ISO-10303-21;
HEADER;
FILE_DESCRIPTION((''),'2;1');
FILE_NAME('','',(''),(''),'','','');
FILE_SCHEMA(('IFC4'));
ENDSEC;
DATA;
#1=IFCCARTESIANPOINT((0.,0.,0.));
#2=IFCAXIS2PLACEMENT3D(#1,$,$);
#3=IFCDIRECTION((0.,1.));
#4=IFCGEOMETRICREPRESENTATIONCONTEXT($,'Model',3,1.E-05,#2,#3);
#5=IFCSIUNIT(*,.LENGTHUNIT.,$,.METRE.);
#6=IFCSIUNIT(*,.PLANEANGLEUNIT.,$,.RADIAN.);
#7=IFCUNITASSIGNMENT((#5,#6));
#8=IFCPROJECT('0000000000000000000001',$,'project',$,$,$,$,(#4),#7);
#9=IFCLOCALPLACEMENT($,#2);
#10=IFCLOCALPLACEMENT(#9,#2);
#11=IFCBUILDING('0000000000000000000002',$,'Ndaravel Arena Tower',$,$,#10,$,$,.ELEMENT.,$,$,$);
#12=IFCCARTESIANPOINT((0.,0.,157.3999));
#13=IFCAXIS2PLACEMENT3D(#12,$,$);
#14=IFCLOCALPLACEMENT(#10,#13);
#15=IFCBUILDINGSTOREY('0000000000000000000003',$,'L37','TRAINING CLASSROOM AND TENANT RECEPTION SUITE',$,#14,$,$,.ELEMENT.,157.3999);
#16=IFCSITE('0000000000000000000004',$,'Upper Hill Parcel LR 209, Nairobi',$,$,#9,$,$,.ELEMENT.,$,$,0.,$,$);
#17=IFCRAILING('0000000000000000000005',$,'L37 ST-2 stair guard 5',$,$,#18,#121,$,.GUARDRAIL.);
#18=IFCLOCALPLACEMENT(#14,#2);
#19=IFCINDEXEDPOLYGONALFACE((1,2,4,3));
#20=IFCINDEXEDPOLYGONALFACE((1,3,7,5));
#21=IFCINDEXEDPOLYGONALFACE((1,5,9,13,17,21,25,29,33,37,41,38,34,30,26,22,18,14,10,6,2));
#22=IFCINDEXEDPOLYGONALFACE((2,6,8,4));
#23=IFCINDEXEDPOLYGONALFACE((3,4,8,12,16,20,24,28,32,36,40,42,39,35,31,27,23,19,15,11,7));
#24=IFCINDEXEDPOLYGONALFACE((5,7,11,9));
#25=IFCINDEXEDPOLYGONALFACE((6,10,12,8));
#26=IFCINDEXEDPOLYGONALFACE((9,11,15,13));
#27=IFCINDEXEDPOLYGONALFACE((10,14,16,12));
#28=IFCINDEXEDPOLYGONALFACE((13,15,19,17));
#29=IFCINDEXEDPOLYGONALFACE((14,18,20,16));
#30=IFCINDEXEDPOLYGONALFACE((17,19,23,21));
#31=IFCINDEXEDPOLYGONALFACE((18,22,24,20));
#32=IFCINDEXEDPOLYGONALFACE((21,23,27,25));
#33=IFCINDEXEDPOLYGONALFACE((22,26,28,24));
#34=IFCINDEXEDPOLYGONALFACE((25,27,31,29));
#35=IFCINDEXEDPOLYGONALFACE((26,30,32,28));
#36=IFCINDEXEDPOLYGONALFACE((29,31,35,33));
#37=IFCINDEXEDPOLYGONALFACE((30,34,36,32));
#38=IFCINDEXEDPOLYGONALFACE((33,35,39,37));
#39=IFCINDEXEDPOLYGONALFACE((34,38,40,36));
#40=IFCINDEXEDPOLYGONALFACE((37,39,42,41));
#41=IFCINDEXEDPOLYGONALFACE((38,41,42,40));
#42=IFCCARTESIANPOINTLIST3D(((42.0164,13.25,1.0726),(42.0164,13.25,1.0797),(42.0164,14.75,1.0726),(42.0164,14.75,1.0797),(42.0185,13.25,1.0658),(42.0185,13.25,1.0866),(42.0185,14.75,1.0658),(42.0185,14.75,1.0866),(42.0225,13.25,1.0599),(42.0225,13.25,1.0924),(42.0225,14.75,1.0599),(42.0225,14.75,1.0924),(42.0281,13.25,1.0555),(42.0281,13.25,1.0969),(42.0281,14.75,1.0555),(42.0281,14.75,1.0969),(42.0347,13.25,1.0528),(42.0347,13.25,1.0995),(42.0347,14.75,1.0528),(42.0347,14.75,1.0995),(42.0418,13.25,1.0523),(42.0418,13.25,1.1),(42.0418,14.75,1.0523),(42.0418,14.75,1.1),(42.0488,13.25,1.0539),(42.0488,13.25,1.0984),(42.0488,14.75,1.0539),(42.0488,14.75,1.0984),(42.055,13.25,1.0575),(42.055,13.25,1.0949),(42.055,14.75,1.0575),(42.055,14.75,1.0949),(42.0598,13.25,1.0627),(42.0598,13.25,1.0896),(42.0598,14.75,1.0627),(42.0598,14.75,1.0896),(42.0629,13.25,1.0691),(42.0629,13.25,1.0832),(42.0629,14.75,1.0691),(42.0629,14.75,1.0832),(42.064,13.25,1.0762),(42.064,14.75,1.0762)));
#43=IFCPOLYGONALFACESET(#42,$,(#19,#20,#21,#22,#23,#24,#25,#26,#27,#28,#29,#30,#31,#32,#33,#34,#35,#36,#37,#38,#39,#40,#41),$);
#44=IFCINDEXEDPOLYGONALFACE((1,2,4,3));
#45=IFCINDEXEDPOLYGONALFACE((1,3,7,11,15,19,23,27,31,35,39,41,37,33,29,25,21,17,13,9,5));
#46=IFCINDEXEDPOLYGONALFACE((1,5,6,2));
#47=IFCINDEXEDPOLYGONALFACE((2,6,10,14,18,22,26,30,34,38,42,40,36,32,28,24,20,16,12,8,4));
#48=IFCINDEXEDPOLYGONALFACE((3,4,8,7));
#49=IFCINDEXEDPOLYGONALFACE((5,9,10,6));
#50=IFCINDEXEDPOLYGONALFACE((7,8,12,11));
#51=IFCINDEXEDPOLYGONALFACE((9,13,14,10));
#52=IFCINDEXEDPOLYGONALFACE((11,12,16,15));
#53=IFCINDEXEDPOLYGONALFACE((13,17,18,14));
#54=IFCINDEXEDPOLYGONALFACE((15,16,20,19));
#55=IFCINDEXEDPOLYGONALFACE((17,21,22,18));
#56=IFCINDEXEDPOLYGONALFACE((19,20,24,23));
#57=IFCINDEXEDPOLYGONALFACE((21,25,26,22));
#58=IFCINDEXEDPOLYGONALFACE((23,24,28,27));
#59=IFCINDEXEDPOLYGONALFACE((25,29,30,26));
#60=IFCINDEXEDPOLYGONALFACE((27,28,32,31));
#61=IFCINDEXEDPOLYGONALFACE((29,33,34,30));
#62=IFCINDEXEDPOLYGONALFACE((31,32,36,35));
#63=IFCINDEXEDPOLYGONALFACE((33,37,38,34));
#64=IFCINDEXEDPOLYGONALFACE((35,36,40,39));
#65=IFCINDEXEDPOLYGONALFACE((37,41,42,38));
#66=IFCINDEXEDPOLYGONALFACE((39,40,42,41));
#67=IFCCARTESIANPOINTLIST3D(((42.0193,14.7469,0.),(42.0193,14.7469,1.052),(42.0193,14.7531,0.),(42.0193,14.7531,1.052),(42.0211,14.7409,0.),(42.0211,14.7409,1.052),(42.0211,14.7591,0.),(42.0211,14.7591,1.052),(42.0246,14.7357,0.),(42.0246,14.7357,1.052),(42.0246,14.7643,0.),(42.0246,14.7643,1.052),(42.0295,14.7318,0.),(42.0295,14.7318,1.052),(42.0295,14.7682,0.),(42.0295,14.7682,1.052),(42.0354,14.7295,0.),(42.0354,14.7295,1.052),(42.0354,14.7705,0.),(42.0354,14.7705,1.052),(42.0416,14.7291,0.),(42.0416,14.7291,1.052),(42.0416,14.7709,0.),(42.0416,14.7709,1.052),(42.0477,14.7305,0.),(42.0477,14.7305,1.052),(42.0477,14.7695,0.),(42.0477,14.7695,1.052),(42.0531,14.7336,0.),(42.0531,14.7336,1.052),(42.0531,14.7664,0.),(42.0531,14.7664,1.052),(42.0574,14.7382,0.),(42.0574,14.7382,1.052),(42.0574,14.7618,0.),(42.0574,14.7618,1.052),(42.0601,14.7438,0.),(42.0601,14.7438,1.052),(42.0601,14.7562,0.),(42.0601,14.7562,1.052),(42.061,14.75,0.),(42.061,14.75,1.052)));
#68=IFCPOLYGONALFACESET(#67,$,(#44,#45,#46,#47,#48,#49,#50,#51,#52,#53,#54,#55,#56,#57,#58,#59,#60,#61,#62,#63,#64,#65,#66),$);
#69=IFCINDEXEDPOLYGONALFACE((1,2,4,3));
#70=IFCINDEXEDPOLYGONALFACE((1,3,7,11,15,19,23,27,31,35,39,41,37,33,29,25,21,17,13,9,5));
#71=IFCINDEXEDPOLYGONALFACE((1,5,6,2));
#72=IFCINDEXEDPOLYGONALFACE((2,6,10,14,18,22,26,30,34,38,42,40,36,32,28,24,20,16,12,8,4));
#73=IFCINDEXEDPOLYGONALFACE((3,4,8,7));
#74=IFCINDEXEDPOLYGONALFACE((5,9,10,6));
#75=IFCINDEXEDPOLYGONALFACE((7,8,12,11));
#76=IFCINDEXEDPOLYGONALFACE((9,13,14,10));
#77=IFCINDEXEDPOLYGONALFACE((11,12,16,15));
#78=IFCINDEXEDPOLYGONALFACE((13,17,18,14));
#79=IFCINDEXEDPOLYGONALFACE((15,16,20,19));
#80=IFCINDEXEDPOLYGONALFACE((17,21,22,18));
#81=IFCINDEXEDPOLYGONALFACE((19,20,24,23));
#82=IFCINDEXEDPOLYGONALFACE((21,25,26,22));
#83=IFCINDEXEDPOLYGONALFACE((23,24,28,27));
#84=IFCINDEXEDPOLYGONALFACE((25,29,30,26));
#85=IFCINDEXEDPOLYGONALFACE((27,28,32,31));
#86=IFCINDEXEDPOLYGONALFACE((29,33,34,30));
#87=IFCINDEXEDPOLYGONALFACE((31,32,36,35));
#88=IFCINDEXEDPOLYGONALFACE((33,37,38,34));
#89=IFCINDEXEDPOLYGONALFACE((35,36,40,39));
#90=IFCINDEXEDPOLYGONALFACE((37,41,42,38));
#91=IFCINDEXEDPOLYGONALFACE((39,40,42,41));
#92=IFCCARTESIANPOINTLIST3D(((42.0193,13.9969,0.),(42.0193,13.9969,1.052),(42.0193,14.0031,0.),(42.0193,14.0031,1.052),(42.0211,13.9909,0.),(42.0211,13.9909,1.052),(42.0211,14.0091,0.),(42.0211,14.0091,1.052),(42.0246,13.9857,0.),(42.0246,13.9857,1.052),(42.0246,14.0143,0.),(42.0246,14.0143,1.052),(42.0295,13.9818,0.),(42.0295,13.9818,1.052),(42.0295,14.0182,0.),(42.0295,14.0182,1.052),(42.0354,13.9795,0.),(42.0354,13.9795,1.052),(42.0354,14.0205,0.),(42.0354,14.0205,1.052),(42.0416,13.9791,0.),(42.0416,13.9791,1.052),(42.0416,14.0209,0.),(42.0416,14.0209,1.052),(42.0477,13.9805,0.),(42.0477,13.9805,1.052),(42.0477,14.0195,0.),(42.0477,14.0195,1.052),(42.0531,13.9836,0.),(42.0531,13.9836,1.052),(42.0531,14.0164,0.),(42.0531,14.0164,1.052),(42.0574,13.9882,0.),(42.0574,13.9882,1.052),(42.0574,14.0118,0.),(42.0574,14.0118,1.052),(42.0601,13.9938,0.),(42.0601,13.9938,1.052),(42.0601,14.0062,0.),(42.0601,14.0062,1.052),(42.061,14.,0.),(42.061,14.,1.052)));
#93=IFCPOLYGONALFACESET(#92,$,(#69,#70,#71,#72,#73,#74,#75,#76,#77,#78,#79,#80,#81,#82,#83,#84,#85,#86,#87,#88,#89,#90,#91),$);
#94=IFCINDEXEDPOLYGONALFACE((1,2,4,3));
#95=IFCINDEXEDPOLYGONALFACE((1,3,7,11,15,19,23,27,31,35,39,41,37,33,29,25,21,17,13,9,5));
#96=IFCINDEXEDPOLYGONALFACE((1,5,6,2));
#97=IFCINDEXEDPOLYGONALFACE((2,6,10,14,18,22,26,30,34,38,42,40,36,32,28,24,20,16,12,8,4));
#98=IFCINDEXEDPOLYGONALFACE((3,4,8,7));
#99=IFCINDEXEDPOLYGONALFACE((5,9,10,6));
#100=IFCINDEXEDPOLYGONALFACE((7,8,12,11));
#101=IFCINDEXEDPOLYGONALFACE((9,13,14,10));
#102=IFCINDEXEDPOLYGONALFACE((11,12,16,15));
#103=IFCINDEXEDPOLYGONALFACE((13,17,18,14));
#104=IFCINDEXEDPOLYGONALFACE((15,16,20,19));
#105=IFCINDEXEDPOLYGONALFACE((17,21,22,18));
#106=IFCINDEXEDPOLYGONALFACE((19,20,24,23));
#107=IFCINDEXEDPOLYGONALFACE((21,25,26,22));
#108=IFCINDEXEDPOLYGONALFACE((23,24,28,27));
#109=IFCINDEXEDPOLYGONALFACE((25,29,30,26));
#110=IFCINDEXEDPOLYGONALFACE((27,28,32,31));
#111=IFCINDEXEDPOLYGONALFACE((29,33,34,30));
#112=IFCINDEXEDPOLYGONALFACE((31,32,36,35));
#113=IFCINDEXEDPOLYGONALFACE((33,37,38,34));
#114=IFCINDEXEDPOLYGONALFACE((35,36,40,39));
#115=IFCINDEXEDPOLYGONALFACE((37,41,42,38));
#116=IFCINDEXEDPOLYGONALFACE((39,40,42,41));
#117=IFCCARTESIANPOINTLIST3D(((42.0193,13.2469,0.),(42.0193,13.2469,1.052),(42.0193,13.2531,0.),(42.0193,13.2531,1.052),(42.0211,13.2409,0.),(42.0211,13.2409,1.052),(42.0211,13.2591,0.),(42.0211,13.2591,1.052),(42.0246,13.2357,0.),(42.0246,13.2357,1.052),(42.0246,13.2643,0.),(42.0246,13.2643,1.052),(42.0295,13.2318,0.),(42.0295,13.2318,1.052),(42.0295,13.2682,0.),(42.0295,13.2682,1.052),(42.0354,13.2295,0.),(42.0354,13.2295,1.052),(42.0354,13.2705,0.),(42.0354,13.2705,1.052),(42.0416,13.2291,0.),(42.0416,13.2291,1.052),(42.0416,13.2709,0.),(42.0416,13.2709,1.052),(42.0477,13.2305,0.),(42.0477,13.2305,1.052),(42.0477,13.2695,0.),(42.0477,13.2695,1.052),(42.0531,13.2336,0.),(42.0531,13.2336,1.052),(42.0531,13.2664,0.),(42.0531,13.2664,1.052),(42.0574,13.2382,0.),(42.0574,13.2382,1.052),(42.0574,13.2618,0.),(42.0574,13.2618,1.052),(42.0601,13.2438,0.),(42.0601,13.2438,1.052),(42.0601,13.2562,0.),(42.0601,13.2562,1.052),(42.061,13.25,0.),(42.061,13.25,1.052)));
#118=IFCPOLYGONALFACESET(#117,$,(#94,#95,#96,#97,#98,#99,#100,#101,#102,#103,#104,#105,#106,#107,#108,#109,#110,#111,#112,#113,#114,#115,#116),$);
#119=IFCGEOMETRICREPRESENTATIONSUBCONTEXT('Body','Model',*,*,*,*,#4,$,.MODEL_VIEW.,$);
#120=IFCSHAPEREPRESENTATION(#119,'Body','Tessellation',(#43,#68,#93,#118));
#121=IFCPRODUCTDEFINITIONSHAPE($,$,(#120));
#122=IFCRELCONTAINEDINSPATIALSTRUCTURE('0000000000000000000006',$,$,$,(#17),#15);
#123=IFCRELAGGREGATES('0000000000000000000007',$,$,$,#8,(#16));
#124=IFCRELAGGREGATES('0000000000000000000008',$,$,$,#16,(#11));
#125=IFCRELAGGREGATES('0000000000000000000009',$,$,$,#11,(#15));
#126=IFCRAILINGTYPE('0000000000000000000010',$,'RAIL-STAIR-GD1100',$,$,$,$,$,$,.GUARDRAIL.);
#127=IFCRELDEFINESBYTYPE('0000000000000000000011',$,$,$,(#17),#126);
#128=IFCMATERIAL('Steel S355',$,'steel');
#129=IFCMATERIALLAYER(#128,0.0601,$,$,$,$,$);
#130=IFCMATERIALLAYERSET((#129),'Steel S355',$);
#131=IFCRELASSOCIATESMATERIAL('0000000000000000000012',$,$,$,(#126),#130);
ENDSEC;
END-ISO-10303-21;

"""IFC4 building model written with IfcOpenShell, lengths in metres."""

from ifc_helpers import new_model, si_unit, direction, frame, origin, origin_2d, place, context, subcontext, project, spatial, circle, extrude, material, layer, layer_set, type_object, element, save


model = new_model("IFC4")

# Units and contexts
model_context = context("Model", 3, precision=1e-05, world=origin(), true_north=direction((0.0, 1.0)))
body_context = subcontext(model_context, "Body", "Model", "MODEL_VIEW")
ifc_project = project(units=[si_unit("LENGTHUNIT", "METRE"), si_unit("PLANEANGLEUNIT", "RADIAN")], contexts=[model_context])

# Site, building, storey
site_placement = place(None, origin())
site = spatial("IfcSite", under=ifc_project, at=site_placement, Name="Upper Hill Parcel LR 209, Nairobi", CompositionType="ELEMENT", RefElevation=0.0)
building_placement = place(site_placement, origin())
building = spatial("IfcBuilding", under=site, at=building_placement, Name="Ndaravel Arena Tower", CompositionType="ELEMENT")
storey_placement = place(building_placement, frame((0.0, 0.0, 157.3999)))
storey = spatial("IfcBuildingStorey", under=building, at=storey_placement, Name="L37", Description="TRAINING CLASSROOM AND TENANT RECEPTION SUITE", CompositionType="ELEMENT", Elevation=157.3999)

# Railing
ifc_material_1 = material(Name="Steel S355", Category="steel")
ifc_layer_1 = layer(ifc_material_1, 0.0601)
ifc_layer_set_1 = layer_set([ifc_layer_1], Name="Steel S355")
railing_type = type_object("IfcRailingType", Name="RAIL-STAIR-GD1100", PredefinedType="GUARDRAIL", material=ifc_layer_set_1)
railing_1_placement = place(storey_placement, frame((42.04, 14.75, 0.0)))
element("IfcRailing", 1, at=railing_1_placement, inside=storey, type_object=railing_type, Name="L37 ST-2 stair guard 5", PredefinedType="GUARDRAIL", context=body_context, shape_type="SweptSolid", body=[
    extrude(circle(Radius=0.0239, at=origin_2d()), frame((0.0, 0.0, 1.0762), z_axis=(0.0, -1.0, 0.0), x_axis=(1.0, 0.0, 0.0)), (0.0, 0.0, 1.0), 1.5),
    extrude(circle(Radius=0.021, at=origin_2d()), origin(), (0.0, 0.0, 1.0), 1.052),
    extrude(circle(Radius=0.021, at=origin_2d()), frame((0.0, -0.75, 0.0)), (0.0, 0.0, 1.0), 1.052),
    extrude(circle(Radius=0.021, at=origin_2d()), frame((0.0, -1.5, 0.0)), (0.0, 0.0, 1.0), 1.052),
])

save(model, "model.ifc")
